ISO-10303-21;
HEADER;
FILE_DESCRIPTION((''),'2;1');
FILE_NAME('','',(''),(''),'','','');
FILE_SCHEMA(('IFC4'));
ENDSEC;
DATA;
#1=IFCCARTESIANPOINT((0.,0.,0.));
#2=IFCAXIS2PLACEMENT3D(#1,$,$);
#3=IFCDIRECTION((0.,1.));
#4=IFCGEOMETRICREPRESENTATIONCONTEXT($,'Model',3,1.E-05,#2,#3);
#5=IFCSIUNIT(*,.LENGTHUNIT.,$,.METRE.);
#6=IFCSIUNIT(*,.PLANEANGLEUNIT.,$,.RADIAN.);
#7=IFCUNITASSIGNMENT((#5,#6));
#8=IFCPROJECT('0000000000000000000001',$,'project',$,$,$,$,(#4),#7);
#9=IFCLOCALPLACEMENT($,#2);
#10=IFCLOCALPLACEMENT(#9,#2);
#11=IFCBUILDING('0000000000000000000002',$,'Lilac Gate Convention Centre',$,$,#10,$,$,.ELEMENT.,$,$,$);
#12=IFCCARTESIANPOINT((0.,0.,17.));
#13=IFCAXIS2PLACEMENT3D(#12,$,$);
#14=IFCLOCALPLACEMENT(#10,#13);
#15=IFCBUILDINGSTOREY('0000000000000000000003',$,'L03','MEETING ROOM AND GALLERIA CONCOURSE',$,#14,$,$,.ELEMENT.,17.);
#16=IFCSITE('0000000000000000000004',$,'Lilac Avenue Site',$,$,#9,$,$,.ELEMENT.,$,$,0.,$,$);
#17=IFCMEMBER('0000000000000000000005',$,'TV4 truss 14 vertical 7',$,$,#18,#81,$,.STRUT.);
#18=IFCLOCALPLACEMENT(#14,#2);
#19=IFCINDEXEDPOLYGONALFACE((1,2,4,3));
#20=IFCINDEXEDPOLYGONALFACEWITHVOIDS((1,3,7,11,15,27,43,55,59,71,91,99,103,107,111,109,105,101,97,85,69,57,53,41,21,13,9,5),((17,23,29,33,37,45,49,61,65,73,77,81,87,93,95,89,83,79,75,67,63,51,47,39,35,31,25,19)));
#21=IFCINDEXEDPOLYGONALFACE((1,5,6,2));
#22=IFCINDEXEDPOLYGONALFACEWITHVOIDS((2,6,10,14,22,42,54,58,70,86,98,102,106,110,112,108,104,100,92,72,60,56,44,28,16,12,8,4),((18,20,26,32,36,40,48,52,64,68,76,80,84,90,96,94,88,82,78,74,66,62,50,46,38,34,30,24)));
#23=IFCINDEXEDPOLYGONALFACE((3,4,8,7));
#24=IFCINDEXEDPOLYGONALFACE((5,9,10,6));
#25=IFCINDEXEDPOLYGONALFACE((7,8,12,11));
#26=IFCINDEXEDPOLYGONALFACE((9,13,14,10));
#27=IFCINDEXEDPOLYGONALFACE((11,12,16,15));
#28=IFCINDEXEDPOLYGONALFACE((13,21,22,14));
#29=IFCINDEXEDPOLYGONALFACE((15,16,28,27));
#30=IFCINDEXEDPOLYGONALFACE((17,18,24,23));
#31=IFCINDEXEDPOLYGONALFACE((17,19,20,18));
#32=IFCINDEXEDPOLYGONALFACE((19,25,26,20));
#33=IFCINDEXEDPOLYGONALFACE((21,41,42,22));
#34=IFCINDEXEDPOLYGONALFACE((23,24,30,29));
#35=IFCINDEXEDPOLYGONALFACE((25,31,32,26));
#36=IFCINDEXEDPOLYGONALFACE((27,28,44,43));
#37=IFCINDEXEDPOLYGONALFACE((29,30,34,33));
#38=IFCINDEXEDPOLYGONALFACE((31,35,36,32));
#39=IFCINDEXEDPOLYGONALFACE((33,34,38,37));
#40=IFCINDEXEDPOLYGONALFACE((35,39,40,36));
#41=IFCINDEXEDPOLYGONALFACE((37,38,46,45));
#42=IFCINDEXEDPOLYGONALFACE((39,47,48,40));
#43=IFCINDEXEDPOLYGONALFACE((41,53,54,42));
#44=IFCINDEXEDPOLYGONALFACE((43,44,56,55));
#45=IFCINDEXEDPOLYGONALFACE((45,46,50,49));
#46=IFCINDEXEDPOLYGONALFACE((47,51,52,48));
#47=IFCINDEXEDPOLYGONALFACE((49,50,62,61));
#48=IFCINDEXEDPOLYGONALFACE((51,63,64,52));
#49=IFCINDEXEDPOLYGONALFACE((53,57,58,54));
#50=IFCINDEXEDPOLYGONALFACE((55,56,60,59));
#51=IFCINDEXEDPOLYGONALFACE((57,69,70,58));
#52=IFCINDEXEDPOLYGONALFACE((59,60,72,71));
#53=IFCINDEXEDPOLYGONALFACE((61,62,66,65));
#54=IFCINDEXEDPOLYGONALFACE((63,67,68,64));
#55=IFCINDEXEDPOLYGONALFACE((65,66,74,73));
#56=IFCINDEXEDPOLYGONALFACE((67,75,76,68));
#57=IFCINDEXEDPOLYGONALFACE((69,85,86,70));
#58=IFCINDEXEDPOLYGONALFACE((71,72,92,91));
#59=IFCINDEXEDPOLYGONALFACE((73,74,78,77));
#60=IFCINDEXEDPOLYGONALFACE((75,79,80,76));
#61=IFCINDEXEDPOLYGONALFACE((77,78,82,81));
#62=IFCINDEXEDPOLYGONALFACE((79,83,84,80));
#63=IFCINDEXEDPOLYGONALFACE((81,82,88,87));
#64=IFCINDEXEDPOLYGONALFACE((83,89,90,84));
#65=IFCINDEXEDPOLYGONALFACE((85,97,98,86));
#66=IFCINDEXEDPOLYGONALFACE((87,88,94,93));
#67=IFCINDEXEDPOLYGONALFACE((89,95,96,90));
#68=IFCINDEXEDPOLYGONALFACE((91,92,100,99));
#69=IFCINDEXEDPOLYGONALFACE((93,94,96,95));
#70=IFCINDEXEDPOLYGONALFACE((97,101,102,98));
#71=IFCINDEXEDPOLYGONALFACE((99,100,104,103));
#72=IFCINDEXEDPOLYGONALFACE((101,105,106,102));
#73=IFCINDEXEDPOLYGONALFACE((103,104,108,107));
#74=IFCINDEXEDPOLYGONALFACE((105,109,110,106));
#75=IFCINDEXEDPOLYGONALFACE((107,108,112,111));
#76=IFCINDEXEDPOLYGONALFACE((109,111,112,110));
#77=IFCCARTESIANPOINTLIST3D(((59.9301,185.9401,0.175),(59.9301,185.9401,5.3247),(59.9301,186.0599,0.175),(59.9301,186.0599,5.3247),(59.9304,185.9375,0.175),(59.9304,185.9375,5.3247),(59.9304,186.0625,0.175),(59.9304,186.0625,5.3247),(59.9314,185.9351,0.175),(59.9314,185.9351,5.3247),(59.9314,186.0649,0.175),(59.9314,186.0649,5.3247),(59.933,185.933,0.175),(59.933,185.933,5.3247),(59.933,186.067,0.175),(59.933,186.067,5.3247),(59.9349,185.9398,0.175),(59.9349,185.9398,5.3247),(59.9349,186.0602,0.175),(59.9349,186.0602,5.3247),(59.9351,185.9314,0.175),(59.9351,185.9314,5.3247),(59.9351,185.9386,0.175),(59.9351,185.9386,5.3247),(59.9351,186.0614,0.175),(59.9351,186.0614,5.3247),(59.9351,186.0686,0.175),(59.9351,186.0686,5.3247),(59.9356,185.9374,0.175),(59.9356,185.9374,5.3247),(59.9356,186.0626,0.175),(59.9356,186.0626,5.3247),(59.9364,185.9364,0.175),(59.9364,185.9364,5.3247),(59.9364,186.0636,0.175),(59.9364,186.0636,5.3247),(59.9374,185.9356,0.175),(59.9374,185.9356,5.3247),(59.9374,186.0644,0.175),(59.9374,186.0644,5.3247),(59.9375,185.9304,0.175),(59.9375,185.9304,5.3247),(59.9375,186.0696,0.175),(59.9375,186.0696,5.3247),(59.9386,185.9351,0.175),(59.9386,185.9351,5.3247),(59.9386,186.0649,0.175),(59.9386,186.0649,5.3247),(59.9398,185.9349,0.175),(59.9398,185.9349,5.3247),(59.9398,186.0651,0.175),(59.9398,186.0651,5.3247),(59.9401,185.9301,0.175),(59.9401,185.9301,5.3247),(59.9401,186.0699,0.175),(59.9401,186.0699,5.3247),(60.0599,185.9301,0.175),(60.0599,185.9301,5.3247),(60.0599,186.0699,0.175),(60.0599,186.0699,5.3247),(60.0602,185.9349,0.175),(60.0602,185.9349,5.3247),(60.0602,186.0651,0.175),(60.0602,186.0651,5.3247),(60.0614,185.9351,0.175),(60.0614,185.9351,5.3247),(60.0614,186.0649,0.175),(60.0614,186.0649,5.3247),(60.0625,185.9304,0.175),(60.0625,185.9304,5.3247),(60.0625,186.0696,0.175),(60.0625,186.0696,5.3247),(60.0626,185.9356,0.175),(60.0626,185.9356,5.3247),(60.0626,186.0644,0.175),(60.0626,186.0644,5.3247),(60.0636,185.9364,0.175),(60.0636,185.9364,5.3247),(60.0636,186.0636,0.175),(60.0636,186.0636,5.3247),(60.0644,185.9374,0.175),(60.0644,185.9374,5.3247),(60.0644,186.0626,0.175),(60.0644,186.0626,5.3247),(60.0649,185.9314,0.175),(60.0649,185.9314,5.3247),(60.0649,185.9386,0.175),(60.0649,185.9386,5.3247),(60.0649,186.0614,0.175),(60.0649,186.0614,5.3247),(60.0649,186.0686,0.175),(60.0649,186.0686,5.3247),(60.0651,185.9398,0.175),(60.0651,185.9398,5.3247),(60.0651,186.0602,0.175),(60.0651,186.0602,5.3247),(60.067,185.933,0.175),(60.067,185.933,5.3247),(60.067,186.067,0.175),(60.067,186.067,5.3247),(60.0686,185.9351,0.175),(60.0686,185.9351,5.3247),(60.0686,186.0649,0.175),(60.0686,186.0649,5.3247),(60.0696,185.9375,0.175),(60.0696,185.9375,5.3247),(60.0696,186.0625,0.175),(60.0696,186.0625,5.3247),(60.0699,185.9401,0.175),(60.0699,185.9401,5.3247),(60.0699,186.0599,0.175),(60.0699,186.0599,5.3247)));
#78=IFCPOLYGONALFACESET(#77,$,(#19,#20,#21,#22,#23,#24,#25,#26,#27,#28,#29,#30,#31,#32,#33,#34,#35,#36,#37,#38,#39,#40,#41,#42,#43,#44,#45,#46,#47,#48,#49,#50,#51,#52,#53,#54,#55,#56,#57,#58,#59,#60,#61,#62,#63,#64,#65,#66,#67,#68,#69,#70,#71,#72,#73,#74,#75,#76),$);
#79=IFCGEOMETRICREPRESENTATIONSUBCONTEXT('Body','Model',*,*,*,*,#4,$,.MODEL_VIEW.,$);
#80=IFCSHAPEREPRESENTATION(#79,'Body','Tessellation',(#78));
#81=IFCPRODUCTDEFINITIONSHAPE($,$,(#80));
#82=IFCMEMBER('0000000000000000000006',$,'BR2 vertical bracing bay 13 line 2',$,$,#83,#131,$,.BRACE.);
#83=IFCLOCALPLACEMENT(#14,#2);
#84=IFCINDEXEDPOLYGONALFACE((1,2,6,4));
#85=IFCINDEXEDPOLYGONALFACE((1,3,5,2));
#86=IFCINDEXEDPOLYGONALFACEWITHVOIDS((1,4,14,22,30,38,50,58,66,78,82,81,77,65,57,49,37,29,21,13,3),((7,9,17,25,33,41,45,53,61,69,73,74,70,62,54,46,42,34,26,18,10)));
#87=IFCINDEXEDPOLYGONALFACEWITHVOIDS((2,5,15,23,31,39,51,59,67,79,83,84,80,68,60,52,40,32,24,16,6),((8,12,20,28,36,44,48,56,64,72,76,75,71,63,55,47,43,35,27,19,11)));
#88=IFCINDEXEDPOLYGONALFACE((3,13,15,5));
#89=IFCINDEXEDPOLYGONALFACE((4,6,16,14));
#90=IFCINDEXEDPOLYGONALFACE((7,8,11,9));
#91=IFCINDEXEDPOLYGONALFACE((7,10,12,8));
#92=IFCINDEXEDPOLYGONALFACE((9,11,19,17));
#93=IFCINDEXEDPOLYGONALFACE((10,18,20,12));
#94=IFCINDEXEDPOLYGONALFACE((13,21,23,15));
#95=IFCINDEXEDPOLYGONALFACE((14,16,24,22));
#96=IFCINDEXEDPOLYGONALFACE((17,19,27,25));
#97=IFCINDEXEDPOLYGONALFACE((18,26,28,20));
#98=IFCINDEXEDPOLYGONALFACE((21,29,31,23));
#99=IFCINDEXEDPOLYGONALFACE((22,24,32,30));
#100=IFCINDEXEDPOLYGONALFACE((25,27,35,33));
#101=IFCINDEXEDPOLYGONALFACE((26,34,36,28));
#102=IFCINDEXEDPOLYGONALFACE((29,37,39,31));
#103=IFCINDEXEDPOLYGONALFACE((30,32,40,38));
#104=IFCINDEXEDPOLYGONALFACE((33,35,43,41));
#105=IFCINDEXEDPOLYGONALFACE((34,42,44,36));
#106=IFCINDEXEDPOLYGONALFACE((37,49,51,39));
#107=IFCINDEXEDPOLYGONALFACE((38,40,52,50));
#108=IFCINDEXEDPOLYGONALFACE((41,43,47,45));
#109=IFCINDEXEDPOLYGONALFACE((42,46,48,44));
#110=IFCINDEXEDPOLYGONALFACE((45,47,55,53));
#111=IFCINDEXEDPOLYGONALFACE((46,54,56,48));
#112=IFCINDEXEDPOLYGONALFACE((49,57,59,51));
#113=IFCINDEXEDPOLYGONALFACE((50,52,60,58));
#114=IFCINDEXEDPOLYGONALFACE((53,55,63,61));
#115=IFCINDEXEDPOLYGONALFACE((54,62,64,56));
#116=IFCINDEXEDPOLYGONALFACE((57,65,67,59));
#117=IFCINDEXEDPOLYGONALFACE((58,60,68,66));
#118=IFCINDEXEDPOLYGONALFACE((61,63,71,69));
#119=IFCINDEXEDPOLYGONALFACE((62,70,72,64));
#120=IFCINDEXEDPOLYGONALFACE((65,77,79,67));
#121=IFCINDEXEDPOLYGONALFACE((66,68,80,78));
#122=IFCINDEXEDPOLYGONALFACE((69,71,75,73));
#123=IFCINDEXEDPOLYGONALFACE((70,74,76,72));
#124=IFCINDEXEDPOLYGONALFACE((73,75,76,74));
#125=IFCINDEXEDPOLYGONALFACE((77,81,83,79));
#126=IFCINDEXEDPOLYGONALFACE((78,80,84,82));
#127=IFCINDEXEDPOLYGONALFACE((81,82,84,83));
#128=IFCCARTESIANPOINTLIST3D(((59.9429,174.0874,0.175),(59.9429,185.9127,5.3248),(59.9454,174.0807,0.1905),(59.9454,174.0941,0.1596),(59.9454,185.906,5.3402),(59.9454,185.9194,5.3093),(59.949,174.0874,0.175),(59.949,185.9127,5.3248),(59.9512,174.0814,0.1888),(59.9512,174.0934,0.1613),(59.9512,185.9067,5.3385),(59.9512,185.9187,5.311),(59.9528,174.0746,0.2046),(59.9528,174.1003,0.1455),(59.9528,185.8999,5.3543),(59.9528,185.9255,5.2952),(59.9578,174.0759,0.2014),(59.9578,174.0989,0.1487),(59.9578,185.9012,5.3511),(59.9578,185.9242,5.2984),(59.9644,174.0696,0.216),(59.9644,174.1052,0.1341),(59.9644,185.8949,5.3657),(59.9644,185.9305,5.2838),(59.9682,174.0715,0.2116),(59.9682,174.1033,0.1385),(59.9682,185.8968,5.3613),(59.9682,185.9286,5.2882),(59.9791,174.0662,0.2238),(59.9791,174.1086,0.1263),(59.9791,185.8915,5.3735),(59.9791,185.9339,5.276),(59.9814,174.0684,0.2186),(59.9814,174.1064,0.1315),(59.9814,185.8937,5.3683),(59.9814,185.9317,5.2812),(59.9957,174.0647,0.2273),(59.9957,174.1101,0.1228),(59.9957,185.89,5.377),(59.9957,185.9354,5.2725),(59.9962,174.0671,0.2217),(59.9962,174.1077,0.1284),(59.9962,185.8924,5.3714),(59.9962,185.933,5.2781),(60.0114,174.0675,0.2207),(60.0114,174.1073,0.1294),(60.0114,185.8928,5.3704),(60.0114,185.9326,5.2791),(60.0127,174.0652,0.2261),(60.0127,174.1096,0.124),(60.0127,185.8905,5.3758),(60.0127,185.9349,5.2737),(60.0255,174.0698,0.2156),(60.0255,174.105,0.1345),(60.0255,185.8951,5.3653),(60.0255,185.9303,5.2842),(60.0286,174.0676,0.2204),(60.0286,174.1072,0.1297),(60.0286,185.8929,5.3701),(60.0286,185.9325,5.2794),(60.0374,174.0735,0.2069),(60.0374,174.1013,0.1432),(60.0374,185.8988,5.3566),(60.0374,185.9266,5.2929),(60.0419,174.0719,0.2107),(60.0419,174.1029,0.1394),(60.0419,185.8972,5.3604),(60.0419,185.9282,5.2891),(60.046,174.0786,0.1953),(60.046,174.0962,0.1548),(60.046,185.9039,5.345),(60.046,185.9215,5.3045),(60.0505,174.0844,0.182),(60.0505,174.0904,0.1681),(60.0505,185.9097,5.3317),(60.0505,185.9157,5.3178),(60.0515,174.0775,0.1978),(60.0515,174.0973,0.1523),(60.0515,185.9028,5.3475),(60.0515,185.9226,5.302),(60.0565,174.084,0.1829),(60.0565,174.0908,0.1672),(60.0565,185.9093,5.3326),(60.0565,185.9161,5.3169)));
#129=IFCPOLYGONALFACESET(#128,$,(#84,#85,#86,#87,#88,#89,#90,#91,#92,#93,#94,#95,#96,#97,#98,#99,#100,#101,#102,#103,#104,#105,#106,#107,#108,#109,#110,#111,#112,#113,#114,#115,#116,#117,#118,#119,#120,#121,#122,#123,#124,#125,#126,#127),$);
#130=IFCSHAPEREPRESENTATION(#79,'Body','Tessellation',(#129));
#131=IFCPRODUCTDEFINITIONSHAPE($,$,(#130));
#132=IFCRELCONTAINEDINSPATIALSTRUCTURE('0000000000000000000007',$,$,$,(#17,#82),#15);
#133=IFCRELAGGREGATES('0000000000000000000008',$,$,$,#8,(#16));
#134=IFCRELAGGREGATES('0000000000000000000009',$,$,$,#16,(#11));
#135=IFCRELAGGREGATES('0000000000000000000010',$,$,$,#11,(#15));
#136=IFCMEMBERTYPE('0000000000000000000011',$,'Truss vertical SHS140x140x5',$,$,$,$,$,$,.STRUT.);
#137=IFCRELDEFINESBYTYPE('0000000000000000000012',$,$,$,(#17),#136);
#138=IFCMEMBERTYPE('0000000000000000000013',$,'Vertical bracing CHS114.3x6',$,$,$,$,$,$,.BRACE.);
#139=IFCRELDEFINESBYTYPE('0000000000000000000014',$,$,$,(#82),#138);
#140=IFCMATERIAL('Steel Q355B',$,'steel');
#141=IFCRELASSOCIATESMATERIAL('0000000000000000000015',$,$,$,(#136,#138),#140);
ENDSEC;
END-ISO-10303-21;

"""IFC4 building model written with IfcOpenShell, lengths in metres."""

from ifc_helpers import new_model, si_unit, direction, frame, origin, origin_2d, place, context, subcontext, project, spatial, hollow_rectangle, hollow_circle, extrude, material, material_profile, profile_set, type_object, element, save


model = new_model("IFC4")

# Units and contexts
model_context = context("Model", 3, precision=1e-05, world=origin(), true_north=direction((0.0, 1.0)))
body_context = subcontext(model_context, "Body", "Model", "MODEL_VIEW")
ifc_project = project(units=[si_unit("LENGTHUNIT", "METRE"), si_unit("PLANEANGLEUNIT", "RADIAN")], contexts=[model_context])

# Site, building, storey
site_placement = place(None, origin())
site = spatial("IfcSite", under=ifc_project, at=site_placement, Name="Lilac Avenue Site", CompositionType="ELEMENT", RefElevation=0.0)
building_placement = place(site_placement, origin())
building = spatial("IfcBuilding", under=site, at=building_placement, Name="Lilac Gate Convention Centre", CompositionType="ELEMENT")
storey_placement = place(building_placement, frame((0.0, 0.0, 17.0)))
storey = spatial("IfcBuildingStorey", under=building, at=storey_placement, Name="L03", Description="MEETING ROOM AND GALLERIA CONCOURSE", CompositionType="ELEMENT", Elevation=17.0)

# Members
ifc_material = material(Name="Steel Q355B", Category="steel")
ifc_material_profile_1 = material_profile(ifc_material, hollow_rectangle(XDim=0.1399, YDim=0.1399, WallThickness=0.0049, InnerFilletRadius=0.0049, OuterFilletRadius=0.01, at=origin_2d()), Name="SHS140x140x5")
ifc_profile_set_1 = profile_set([ifc_material_profile_1], Name="Steel Q355B")
member_type_1 = type_object("IfcMemberType", Name="Truss vertical SHS140x140x5", PredefinedType="STRUT", material=ifc_profile_set_1)
member_1_placement = place(storey_placement, frame((60.0, 186.0, 0.175), z_axis=(0.0, 0.0, 1.0), x_axis=(1.0, 0.0, 0.0)))
element("IfcMember", 1, at=member_1_placement, inside=storey, type_object=member_type_1, Name="TV4 truss 14 vertical 7", PredefinedType="STRUT", context=body_context, shape_type="SweptSolid", body=[
    extrude(hollow_rectangle(XDim=0.1399, YDim=0.1399, WallThickness=0.0049, InnerFilletRadius=0.0049, OuterFilletRadius=0.01, at=origin_2d()), origin(), (0.0, 0.0, 1.0), 5.1497),
])
ifc_material_profile_2 = material_profile(ifc_material, hollow_circle(Radius=0.0571, WallThickness=0.0061, at=origin_2d()), Name="CHS114.3x6")
ifc_profile_set_2 = profile_set([ifc_material_profile_2], Name="Steel Q355B")
member_type_2 = type_object("IfcMemberType", Name="Vertical bracing CHS114.3x6", PredefinedType="BRACE", material=ifc_profile_set_2)
member_2_placement = place(storey_placement, frame((60.0, 174.0874, 0.175), z_axis=(0.0, 0.916835, 0.399265), x_axis=(-1.0, 0.0, 0.0)))
element("IfcMember", 2, at=member_2_placement, inside=storey, type_object=member_type_2, Name="BR2 vertical bracing bay 13 line 2", PredefinedType="BRACE", context=body_context, shape_type="SweptSolid", body=[
    extrude(hollow_circle(Radius=0.0571, WallThickness=0.0061, at=origin_2d()), origin(), (0.0, 0.0, 1.0), 12.8979),
])

save(model, "model.ifc")
